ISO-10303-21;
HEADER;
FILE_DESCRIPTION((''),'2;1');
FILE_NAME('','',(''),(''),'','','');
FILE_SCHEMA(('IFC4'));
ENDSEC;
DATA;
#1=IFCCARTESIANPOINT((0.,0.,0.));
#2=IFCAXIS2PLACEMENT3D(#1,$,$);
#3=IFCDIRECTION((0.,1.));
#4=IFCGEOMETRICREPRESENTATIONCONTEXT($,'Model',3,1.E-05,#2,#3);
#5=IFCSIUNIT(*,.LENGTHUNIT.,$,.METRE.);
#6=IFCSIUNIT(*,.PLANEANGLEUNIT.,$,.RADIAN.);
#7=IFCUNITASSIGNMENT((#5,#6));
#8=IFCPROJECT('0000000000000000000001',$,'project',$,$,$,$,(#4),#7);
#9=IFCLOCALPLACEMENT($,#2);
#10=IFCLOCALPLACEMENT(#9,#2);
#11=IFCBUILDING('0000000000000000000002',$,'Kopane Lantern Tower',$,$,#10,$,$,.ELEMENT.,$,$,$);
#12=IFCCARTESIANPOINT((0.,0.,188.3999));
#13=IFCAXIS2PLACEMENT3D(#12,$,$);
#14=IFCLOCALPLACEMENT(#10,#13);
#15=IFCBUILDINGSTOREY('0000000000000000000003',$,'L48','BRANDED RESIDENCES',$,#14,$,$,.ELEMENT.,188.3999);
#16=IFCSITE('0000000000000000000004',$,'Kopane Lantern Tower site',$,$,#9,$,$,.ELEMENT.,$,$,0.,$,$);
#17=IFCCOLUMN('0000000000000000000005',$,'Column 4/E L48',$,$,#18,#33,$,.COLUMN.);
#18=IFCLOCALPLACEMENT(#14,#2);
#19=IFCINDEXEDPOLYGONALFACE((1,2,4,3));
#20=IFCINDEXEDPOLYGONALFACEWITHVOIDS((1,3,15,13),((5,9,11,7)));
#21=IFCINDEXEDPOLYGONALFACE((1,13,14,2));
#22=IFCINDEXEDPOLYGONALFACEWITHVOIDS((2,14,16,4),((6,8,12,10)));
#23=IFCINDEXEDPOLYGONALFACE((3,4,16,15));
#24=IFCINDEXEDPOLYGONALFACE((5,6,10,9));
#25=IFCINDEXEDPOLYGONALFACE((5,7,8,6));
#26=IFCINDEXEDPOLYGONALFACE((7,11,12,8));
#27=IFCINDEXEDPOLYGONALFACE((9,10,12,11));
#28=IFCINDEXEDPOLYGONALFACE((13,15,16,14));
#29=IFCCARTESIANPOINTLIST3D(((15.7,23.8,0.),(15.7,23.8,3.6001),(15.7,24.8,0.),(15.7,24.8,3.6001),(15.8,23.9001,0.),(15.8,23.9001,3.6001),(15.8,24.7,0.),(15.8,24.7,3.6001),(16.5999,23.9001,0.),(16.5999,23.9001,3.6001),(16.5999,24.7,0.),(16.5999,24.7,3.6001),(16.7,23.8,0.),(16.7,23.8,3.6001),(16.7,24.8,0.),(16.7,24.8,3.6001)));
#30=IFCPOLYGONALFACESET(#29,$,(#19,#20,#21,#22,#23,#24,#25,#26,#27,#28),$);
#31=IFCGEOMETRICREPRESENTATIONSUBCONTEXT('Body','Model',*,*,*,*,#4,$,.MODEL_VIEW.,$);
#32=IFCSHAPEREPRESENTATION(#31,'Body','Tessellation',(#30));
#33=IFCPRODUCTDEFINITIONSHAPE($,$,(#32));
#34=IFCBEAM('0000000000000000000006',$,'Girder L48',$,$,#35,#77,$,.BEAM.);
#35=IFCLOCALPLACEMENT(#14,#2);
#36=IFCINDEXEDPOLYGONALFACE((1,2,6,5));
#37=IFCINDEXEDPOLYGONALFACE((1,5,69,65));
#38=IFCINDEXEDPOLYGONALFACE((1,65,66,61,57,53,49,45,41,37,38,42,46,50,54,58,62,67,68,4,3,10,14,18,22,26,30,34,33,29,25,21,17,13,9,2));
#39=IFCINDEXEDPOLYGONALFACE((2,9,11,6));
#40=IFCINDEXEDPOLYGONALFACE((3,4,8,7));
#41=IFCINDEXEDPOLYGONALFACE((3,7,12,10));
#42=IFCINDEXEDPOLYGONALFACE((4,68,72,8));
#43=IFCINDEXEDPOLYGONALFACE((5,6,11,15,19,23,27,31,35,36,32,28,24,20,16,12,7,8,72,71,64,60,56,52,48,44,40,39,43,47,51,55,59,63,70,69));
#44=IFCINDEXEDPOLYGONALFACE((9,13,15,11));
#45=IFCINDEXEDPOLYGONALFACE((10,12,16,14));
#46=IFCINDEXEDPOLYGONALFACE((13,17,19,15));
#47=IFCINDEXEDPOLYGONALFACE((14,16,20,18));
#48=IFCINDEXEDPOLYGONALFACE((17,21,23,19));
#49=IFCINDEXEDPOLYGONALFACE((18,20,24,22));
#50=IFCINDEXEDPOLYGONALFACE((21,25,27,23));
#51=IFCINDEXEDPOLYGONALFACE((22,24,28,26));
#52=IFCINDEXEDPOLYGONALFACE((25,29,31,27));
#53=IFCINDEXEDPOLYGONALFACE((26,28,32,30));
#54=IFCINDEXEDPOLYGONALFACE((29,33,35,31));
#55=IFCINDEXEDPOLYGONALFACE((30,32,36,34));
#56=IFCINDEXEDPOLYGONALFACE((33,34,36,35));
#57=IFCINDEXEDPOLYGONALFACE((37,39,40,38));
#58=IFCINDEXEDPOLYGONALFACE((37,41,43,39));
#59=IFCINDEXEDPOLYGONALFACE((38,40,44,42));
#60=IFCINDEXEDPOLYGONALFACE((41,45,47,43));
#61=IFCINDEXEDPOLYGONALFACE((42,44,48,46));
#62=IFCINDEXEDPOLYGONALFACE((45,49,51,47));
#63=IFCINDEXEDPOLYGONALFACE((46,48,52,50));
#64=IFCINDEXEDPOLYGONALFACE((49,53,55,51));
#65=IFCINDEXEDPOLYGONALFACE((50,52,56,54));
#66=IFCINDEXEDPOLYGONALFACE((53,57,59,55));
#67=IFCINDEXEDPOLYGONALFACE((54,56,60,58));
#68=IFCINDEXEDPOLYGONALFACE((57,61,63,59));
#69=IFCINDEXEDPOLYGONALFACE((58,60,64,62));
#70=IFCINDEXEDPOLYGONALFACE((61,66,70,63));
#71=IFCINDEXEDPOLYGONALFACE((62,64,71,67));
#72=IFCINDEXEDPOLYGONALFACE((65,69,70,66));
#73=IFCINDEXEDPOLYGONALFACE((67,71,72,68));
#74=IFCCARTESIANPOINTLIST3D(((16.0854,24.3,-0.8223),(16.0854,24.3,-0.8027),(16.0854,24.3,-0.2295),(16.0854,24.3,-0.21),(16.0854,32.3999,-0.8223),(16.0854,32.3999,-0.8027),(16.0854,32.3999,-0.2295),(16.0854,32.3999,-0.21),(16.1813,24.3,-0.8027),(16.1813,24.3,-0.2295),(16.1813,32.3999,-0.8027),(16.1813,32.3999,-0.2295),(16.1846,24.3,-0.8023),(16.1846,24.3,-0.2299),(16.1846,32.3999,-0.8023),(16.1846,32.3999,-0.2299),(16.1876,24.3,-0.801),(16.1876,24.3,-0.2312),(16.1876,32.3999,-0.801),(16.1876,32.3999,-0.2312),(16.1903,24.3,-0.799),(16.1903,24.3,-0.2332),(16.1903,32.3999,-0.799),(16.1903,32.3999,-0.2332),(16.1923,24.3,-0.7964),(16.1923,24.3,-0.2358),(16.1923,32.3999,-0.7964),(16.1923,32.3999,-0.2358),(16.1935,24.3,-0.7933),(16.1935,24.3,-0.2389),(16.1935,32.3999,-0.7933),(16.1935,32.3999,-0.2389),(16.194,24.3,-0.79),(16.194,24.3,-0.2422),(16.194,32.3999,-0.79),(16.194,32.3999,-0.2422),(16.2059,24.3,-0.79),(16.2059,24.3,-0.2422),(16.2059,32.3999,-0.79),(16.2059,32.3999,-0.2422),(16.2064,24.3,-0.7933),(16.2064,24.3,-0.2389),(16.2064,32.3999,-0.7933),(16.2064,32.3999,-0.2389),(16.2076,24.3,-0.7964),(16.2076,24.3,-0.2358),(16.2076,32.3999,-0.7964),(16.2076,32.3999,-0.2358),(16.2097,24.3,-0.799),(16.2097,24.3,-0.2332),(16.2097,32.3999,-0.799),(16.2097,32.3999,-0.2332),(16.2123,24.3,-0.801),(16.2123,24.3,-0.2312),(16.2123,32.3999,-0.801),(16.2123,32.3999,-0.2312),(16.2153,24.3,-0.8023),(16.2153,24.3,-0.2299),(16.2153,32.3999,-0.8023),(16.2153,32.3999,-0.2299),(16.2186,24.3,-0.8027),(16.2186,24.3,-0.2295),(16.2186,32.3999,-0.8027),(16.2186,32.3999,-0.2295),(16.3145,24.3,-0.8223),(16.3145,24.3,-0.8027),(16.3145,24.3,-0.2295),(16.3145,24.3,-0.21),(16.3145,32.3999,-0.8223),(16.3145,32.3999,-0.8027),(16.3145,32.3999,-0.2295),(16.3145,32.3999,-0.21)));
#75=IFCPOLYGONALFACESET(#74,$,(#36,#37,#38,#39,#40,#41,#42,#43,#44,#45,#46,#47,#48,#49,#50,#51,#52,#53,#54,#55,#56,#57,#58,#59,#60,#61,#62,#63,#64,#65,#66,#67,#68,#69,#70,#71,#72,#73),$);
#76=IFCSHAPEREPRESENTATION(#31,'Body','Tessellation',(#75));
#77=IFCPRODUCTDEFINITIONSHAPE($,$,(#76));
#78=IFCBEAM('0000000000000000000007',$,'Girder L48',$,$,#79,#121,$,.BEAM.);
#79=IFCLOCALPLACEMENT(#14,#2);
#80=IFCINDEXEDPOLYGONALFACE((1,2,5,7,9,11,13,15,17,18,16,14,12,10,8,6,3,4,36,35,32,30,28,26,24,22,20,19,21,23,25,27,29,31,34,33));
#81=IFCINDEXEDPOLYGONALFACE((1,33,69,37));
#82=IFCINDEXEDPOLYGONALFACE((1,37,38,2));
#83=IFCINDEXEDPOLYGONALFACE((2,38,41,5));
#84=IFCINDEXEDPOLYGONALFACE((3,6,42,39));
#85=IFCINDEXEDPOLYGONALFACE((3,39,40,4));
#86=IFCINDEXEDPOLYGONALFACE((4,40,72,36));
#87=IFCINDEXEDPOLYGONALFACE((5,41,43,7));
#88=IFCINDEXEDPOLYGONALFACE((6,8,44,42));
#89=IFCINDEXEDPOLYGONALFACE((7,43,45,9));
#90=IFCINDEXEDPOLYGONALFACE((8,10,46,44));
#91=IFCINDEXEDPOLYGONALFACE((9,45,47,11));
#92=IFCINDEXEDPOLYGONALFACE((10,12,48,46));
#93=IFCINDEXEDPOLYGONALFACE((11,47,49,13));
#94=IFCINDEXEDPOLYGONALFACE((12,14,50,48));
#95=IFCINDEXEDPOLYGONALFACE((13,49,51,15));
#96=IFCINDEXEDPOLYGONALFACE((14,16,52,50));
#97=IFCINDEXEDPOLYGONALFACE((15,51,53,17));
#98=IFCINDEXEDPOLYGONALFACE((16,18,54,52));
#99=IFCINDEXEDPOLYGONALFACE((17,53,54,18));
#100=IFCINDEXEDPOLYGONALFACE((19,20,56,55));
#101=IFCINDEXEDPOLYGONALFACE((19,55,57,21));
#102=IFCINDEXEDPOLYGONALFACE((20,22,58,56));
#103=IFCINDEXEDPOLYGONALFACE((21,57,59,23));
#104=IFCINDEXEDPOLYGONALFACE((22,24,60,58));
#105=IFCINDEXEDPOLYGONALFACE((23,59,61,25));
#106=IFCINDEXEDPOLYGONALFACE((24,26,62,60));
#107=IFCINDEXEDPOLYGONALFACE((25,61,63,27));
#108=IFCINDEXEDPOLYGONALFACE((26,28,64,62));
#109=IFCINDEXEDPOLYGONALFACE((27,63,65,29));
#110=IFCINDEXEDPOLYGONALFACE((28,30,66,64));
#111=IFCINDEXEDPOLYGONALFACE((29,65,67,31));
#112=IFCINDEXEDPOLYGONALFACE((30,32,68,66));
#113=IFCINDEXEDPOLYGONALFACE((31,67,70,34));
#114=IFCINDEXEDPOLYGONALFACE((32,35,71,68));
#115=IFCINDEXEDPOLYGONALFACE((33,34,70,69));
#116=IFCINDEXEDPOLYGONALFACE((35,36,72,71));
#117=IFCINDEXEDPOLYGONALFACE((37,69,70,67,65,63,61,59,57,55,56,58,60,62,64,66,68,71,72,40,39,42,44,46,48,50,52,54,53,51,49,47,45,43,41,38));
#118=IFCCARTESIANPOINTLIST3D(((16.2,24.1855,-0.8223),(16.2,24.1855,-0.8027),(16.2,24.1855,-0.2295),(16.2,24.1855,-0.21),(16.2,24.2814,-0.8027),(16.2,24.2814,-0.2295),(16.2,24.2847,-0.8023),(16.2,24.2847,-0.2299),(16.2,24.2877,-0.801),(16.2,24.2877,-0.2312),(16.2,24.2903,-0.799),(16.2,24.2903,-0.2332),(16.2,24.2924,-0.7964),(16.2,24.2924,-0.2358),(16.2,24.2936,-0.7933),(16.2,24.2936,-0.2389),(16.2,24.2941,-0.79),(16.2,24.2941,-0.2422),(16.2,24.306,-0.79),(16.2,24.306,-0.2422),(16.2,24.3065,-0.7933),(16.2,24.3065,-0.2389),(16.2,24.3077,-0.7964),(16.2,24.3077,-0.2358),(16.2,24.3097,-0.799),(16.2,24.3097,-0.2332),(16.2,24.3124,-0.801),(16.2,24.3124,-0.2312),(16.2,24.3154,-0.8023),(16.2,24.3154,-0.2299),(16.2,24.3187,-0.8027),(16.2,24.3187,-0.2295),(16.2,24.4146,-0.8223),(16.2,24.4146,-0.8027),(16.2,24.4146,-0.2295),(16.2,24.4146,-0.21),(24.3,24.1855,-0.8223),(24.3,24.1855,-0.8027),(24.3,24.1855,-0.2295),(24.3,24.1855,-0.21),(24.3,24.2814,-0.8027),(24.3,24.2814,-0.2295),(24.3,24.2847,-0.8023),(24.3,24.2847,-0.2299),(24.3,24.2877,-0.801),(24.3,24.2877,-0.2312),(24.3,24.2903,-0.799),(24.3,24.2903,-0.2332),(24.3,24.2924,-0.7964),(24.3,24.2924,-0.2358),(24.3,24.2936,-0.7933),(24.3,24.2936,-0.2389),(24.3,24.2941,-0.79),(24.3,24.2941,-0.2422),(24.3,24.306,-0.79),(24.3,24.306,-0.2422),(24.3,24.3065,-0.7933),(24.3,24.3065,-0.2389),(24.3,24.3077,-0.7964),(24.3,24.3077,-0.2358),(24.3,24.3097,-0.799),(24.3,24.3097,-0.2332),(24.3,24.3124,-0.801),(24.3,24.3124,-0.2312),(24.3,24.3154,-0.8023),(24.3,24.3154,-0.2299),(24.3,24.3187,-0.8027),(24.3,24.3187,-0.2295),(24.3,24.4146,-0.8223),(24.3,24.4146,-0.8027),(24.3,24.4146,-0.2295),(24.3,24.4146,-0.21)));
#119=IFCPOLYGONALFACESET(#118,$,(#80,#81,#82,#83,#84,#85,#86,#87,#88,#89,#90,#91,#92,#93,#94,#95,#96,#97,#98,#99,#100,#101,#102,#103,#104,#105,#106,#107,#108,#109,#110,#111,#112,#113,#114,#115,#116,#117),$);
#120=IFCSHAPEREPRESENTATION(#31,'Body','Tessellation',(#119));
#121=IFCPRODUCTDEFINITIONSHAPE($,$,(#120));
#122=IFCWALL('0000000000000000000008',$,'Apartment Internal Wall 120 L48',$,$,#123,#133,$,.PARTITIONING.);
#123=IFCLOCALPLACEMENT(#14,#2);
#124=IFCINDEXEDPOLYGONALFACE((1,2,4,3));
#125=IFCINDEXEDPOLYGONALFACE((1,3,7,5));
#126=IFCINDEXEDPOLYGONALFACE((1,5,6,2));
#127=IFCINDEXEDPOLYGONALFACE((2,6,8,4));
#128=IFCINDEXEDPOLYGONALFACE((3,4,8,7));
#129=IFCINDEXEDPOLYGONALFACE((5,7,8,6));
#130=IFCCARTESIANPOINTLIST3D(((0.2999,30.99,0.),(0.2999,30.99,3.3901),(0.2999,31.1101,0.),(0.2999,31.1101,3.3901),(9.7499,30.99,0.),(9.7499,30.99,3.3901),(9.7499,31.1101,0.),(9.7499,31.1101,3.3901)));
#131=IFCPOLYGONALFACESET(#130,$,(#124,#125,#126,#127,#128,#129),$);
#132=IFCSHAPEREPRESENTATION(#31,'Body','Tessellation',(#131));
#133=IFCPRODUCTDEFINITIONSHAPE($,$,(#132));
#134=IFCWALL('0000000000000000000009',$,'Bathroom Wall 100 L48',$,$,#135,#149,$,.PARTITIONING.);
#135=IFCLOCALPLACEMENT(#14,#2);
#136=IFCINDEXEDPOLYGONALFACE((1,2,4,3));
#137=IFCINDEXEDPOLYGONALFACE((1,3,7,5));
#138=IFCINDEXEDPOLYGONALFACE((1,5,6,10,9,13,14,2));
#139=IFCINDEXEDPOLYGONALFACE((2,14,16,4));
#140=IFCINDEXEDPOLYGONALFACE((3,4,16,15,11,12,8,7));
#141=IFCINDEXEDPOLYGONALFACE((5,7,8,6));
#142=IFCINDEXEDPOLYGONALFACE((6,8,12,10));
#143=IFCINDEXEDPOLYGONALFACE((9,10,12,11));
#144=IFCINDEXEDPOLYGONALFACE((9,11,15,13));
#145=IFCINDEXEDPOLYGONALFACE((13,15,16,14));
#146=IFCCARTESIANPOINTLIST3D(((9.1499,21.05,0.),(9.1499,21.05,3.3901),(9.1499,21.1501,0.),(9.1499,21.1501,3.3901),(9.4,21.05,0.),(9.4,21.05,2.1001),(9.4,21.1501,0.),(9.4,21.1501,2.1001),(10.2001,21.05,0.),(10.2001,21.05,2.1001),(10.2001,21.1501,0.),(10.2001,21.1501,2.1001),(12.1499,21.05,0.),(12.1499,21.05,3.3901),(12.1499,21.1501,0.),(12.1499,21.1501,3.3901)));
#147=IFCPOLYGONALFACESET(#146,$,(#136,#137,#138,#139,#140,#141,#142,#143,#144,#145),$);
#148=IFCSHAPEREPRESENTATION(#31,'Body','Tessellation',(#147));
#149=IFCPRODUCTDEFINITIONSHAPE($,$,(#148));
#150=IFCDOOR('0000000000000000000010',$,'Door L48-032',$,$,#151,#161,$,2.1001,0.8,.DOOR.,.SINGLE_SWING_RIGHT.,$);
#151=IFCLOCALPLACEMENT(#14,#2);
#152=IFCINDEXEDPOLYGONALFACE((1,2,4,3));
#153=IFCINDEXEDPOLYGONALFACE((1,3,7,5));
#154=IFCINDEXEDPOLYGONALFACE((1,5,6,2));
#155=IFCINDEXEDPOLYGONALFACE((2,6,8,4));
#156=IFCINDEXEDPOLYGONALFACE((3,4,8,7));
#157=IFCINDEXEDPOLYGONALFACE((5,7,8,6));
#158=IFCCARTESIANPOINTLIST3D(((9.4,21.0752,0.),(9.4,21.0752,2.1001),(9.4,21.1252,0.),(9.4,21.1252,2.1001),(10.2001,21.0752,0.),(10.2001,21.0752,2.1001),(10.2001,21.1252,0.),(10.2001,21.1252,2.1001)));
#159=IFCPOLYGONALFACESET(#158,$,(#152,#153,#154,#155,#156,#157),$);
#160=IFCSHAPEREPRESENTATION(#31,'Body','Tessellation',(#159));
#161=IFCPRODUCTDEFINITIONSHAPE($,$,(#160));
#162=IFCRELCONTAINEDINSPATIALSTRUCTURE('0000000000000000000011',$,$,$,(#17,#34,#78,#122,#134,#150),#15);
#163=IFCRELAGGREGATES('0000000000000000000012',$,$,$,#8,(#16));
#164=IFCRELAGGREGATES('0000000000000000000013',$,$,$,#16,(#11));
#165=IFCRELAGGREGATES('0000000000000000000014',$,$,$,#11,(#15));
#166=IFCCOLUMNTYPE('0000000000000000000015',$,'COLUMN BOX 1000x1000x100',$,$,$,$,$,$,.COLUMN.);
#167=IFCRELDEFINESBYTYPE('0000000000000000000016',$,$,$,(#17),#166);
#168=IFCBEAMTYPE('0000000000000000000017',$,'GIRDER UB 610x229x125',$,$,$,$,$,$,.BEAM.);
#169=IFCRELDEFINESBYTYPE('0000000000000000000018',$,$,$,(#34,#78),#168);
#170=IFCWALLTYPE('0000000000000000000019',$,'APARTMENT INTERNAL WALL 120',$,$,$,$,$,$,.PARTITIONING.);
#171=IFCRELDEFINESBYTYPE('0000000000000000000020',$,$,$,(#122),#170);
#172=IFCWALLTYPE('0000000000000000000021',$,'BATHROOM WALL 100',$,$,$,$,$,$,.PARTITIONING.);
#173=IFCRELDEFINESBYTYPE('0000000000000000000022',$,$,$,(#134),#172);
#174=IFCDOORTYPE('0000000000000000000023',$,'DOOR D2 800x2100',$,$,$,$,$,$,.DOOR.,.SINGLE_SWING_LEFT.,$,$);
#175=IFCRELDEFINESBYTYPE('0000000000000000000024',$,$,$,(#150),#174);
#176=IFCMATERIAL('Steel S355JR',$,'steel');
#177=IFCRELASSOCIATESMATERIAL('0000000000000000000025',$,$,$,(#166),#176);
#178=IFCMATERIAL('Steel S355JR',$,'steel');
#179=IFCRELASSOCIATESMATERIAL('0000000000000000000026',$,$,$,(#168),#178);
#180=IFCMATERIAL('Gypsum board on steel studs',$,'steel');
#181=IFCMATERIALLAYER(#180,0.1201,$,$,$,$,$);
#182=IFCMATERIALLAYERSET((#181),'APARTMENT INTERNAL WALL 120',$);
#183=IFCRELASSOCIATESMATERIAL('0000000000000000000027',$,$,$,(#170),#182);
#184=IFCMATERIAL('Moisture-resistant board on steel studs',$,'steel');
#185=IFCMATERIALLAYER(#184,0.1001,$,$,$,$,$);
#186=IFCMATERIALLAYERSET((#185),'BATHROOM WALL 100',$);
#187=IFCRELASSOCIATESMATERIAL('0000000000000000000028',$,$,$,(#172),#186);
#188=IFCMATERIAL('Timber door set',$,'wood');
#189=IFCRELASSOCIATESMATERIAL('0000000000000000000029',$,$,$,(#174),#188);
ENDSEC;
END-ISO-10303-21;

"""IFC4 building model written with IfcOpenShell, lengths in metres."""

from ifc_helpers import new_model, si_unit, direction, frame, frame_2d, origin, origin_2d, place, context, subcontext, project, spatial, rectangle, hollow_rectangle, i_section, extrude, material, layer, layer_set, material_profile, profile_set, type_object, element, fill, save


model = new_model("IFC4")

# Units and contexts
model_context = context("Model", 3, precision=1e-05, world=origin(), true_north=direction((0.0, 1.0)))
body_context = subcontext(model_context, "Body", "Model", "MODEL_VIEW")
ifc_project = project(units=[si_unit("LENGTHUNIT", "METRE"), si_unit("PLANEANGLEUNIT", "RADIAN")], contexts=[model_context])

# Site, building, storey
site_placement = place(None, origin())
site = spatial("IfcSite", under=ifc_project, at=site_placement, Name="Kopane Lantern Tower site", CompositionType="ELEMENT", RefElevation=0.0)
building_placement = place(site_placement, origin())
building = spatial("IfcBuilding", under=site, at=building_placement, Name="Kopane Lantern Tower", CompositionType="ELEMENT")
storey_placement = place(building_placement, frame((0.0, 0.0, 188.3999)))
storey = spatial("IfcBuildingStorey", under=building, at=storey_placement, Name="L48", Description="BRANDED RESIDENCES", CompositionType="ELEMENT", Elevation=188.3999)

# Column
ifc_material_1 = material(Name="Steel S355JR", Category="steel")
ifc_material_profile_1 = material_profile(ifc_material_1, hollow_rectangle(XDim=1.0, YDim=1.0, WallThickness=0.1001, at=origin_2d()), Name="BOX 1000x1000x100")
ifc_profile_set_1 = profile_set([ifc_material_profile_1], Name="Steel S355JR")
column_type = type_object("IfcColumnType", Name="COLUMN BOX 1000x1000x100", PredefinedType="COLUMN", material=ifc_profile_set_1)
column_placement = place(storey_placement, frame((16.2, 24.3, 0.0), z_axis=(0.0, 0.0, 1.0), x_axis=(1.0, 0.0, 0.0)))
element("IfcColumn", 1, at=column_placement, inside=storey, type_object=column_type, Name="Column 4/E L48", PredefinedType="COLUMN", context=body_context, shape_type="SweptSolid", body=[
    extrude(hollow_rectangle(XDim=1.0, YDim=1.0, WallThickness=0.1001, at=origin_2d()), origin(), (0.0, 0.0, 1.0), 3.6001),
])

# Beams
ifc_material_2 = material(Name="Steel S355JR", Category="steel")
ifc_material_profile_2 = material_profile(ifc_material_2, i_section(OverallWidth=0.229, OverallDepth=0.6123, WebThickness=0.012, FlangeThickness=0.0195, FilletRadius=0.0127, at=origin_2d()), Name="UB 610x229x125")
ifc_profile_set_2 = profile_set([ifc_material_profile_2], Name="Steel S355JR")
beam_type = type_object("IfcBeamType", Name="GIRDER UB 610x229x125", PredefinedType="BEAM", material=ifc_profile_set_2)
beam_1_placement = place(storey_placement, frame((16.2, 24.3, -0.5161), z_axis=(0.0, 1.0, 0.0), x_axis=(-1.0, 0.0, 0.0)))
element("IfcBeam", 2, at=beam_1_placement, inside=storey, type_object=beam_type, Name="Girder L48", PredefinedType="BEAM", context=body_context, shape_type="SweptSolid", body=[
    extrude(i_section(OverallWidth=0.229, OverallDepth=0.6123, WebThickness=0.012, FlangeThickness=0.0195, FilletRadius=0.0127, at=origin_2d()), origin(), (0.0, 0.0, 1.0), 8.0999),
])
beam_2_placement = place(storey_placement, frame((16.2, 24.3, -0.5161), z_axis=(1.0, 0.0, 0.0), x_axis=(0.0, 1.0, 0.0)))
element("IfcBeam", 3, at=beam_2_placement, inside=storey, type_object=beam_type, Name="Girder L48", PredefinedType="BEAM", context=body_context, shape_type="SweptSolid", body=[
    extrude(i_section(OverallWidth=0.229, OverallDepth=0.6123, WebThickness=0.012, FlangeThickness=0.0195, FilletRadius=0.0127, at=origin_2d()), origin(), (0.0, 0.0, 1.0), 8.1001),
])

# Wall
ifc_material_3 = material(Name="Gypsum board on steel studs", Category="steel")
ifc_layer_1 = layer(ifc_material_3, 0.1201)
ifc_layer_set_1 = layer_set([ifc_layer_1], Name="APARTMENT INTERNAL WALL 120")
wall_type_1 = type_object("IfcWallType", Name="APARTMENT INTERNAL WALL 120", PredefinedType="PARTITIONING", material=ifc_layer_set_1)
wall_1_placement = place(storey_placement, frame((9.75, 31.05, 0.0), z_axis=(0.0, 0.0, 1.0), x_axis=(-1.0, 0.0, 0.0)))
element("IfcWall", 4, at=wall_1_placement, inside=storey, type_object=wall_type_1, Name="Apartment Internal Wall 120 L48", PredefinedType="PARTITIONING", context=body_context, shape_type="SweptSolid", body=[
    extrude(rectangle(XDim=9.45, YDim=0.1201, at=frame_2d((4.7251, 0.0))), origin(), (0.0, 0.0, 1.0), 3.3901),
])

# Wall, opening, door
ifc_material_4 = material(Name="Moisture-resistant board on steel studs", Category="steel")
ifc_layer_2 = layer(ifc_material_4, 0.1001)
ifc_layer_set_2 = layer_set([ifc_layer_2], Name="BATHROOM WALL 100")
wall_type_2 = type_object("IfcWallType", Name="BATHROOM WALL 100", PredefinedType="PARTITIONING", material=ifc_layer_set_2)
wall_2_placement = place(storey_placement, frame((12.1499, 21.1001, 0.0), z_axis=(0.0, 0.0, 1.0), x_axis=(-1.0, 0.0, 0.0)))
wall_2 = element("IfcWall", 5, at=wall_2_placement, inside=storey, type_object=wall_type_2, Name="Bathroom Wall 100 L48", PredefinedType="PARTITIONING", context=body_context, shape_type="SweptSolid", body=[
    extrude(rectangle(XDim=3.0, YDim=0.1001, at=frame_2d((1.5, 0.0))), origin(), (0.0, 0.0, 1.0), 3.3901),
])
opening_1_placement = place(wall_2_placement, frame((1.95, 0.0, 0.0)))
opening_1 = element("IfcOpeningElement", 6, at=opening_1_placement, cuts=wall_2, PredefinedType="OPENING", context=body_context, shape_type="SweptSolid", body=[
    extrude(rectangle(XDim=0.8, YDim=2.1001, at=frame_2d((0.3999, 1.05))), frame((0.0, 0.0601, 0.0), z_axis=(0.0, -1.0, 0.0), x_axis=(1.0, 0.0, 0.0)), (0.0, 0.0, 1.0), 0.1201),
])
ifc_material_5 = material(Name="Timber door set", Category="wood")
door_type_1 = type_object("IfcDoorType", Name="DOOR D2 800x2100", OperationType="SINGLE_SWING_LEFT", PredefinedType="DOOR", material=ifc_material_5)
door_1_placement = place(opening_1_placement, origin())
door_1 = element("IfcDoor", 7, at=door_1_placement, inside=storey, type_object=door_type_1, Name="Door L48-032", OperationType="SINGLE_SWING_RIGHT", OverallHeight=2.1001, OverallWidth=0.8, PredefinedType="DOOR", context=body_context, shape_type="SweptSolid", body=[
    extrude(rectangle(XDim=0.8, YDim=2.1001, at=frame_2d((0.3999, 1.05))), frame((0.0, 0.0249, 0.0), z_axis=(0.0, -1.0, 0.0), x_axis=(1.0, 0.0, 0.0)), (0.0, 0.0, 1.0), 0.05),
])
fill(opening_1, door_1)

save(model, "model.ifc")
